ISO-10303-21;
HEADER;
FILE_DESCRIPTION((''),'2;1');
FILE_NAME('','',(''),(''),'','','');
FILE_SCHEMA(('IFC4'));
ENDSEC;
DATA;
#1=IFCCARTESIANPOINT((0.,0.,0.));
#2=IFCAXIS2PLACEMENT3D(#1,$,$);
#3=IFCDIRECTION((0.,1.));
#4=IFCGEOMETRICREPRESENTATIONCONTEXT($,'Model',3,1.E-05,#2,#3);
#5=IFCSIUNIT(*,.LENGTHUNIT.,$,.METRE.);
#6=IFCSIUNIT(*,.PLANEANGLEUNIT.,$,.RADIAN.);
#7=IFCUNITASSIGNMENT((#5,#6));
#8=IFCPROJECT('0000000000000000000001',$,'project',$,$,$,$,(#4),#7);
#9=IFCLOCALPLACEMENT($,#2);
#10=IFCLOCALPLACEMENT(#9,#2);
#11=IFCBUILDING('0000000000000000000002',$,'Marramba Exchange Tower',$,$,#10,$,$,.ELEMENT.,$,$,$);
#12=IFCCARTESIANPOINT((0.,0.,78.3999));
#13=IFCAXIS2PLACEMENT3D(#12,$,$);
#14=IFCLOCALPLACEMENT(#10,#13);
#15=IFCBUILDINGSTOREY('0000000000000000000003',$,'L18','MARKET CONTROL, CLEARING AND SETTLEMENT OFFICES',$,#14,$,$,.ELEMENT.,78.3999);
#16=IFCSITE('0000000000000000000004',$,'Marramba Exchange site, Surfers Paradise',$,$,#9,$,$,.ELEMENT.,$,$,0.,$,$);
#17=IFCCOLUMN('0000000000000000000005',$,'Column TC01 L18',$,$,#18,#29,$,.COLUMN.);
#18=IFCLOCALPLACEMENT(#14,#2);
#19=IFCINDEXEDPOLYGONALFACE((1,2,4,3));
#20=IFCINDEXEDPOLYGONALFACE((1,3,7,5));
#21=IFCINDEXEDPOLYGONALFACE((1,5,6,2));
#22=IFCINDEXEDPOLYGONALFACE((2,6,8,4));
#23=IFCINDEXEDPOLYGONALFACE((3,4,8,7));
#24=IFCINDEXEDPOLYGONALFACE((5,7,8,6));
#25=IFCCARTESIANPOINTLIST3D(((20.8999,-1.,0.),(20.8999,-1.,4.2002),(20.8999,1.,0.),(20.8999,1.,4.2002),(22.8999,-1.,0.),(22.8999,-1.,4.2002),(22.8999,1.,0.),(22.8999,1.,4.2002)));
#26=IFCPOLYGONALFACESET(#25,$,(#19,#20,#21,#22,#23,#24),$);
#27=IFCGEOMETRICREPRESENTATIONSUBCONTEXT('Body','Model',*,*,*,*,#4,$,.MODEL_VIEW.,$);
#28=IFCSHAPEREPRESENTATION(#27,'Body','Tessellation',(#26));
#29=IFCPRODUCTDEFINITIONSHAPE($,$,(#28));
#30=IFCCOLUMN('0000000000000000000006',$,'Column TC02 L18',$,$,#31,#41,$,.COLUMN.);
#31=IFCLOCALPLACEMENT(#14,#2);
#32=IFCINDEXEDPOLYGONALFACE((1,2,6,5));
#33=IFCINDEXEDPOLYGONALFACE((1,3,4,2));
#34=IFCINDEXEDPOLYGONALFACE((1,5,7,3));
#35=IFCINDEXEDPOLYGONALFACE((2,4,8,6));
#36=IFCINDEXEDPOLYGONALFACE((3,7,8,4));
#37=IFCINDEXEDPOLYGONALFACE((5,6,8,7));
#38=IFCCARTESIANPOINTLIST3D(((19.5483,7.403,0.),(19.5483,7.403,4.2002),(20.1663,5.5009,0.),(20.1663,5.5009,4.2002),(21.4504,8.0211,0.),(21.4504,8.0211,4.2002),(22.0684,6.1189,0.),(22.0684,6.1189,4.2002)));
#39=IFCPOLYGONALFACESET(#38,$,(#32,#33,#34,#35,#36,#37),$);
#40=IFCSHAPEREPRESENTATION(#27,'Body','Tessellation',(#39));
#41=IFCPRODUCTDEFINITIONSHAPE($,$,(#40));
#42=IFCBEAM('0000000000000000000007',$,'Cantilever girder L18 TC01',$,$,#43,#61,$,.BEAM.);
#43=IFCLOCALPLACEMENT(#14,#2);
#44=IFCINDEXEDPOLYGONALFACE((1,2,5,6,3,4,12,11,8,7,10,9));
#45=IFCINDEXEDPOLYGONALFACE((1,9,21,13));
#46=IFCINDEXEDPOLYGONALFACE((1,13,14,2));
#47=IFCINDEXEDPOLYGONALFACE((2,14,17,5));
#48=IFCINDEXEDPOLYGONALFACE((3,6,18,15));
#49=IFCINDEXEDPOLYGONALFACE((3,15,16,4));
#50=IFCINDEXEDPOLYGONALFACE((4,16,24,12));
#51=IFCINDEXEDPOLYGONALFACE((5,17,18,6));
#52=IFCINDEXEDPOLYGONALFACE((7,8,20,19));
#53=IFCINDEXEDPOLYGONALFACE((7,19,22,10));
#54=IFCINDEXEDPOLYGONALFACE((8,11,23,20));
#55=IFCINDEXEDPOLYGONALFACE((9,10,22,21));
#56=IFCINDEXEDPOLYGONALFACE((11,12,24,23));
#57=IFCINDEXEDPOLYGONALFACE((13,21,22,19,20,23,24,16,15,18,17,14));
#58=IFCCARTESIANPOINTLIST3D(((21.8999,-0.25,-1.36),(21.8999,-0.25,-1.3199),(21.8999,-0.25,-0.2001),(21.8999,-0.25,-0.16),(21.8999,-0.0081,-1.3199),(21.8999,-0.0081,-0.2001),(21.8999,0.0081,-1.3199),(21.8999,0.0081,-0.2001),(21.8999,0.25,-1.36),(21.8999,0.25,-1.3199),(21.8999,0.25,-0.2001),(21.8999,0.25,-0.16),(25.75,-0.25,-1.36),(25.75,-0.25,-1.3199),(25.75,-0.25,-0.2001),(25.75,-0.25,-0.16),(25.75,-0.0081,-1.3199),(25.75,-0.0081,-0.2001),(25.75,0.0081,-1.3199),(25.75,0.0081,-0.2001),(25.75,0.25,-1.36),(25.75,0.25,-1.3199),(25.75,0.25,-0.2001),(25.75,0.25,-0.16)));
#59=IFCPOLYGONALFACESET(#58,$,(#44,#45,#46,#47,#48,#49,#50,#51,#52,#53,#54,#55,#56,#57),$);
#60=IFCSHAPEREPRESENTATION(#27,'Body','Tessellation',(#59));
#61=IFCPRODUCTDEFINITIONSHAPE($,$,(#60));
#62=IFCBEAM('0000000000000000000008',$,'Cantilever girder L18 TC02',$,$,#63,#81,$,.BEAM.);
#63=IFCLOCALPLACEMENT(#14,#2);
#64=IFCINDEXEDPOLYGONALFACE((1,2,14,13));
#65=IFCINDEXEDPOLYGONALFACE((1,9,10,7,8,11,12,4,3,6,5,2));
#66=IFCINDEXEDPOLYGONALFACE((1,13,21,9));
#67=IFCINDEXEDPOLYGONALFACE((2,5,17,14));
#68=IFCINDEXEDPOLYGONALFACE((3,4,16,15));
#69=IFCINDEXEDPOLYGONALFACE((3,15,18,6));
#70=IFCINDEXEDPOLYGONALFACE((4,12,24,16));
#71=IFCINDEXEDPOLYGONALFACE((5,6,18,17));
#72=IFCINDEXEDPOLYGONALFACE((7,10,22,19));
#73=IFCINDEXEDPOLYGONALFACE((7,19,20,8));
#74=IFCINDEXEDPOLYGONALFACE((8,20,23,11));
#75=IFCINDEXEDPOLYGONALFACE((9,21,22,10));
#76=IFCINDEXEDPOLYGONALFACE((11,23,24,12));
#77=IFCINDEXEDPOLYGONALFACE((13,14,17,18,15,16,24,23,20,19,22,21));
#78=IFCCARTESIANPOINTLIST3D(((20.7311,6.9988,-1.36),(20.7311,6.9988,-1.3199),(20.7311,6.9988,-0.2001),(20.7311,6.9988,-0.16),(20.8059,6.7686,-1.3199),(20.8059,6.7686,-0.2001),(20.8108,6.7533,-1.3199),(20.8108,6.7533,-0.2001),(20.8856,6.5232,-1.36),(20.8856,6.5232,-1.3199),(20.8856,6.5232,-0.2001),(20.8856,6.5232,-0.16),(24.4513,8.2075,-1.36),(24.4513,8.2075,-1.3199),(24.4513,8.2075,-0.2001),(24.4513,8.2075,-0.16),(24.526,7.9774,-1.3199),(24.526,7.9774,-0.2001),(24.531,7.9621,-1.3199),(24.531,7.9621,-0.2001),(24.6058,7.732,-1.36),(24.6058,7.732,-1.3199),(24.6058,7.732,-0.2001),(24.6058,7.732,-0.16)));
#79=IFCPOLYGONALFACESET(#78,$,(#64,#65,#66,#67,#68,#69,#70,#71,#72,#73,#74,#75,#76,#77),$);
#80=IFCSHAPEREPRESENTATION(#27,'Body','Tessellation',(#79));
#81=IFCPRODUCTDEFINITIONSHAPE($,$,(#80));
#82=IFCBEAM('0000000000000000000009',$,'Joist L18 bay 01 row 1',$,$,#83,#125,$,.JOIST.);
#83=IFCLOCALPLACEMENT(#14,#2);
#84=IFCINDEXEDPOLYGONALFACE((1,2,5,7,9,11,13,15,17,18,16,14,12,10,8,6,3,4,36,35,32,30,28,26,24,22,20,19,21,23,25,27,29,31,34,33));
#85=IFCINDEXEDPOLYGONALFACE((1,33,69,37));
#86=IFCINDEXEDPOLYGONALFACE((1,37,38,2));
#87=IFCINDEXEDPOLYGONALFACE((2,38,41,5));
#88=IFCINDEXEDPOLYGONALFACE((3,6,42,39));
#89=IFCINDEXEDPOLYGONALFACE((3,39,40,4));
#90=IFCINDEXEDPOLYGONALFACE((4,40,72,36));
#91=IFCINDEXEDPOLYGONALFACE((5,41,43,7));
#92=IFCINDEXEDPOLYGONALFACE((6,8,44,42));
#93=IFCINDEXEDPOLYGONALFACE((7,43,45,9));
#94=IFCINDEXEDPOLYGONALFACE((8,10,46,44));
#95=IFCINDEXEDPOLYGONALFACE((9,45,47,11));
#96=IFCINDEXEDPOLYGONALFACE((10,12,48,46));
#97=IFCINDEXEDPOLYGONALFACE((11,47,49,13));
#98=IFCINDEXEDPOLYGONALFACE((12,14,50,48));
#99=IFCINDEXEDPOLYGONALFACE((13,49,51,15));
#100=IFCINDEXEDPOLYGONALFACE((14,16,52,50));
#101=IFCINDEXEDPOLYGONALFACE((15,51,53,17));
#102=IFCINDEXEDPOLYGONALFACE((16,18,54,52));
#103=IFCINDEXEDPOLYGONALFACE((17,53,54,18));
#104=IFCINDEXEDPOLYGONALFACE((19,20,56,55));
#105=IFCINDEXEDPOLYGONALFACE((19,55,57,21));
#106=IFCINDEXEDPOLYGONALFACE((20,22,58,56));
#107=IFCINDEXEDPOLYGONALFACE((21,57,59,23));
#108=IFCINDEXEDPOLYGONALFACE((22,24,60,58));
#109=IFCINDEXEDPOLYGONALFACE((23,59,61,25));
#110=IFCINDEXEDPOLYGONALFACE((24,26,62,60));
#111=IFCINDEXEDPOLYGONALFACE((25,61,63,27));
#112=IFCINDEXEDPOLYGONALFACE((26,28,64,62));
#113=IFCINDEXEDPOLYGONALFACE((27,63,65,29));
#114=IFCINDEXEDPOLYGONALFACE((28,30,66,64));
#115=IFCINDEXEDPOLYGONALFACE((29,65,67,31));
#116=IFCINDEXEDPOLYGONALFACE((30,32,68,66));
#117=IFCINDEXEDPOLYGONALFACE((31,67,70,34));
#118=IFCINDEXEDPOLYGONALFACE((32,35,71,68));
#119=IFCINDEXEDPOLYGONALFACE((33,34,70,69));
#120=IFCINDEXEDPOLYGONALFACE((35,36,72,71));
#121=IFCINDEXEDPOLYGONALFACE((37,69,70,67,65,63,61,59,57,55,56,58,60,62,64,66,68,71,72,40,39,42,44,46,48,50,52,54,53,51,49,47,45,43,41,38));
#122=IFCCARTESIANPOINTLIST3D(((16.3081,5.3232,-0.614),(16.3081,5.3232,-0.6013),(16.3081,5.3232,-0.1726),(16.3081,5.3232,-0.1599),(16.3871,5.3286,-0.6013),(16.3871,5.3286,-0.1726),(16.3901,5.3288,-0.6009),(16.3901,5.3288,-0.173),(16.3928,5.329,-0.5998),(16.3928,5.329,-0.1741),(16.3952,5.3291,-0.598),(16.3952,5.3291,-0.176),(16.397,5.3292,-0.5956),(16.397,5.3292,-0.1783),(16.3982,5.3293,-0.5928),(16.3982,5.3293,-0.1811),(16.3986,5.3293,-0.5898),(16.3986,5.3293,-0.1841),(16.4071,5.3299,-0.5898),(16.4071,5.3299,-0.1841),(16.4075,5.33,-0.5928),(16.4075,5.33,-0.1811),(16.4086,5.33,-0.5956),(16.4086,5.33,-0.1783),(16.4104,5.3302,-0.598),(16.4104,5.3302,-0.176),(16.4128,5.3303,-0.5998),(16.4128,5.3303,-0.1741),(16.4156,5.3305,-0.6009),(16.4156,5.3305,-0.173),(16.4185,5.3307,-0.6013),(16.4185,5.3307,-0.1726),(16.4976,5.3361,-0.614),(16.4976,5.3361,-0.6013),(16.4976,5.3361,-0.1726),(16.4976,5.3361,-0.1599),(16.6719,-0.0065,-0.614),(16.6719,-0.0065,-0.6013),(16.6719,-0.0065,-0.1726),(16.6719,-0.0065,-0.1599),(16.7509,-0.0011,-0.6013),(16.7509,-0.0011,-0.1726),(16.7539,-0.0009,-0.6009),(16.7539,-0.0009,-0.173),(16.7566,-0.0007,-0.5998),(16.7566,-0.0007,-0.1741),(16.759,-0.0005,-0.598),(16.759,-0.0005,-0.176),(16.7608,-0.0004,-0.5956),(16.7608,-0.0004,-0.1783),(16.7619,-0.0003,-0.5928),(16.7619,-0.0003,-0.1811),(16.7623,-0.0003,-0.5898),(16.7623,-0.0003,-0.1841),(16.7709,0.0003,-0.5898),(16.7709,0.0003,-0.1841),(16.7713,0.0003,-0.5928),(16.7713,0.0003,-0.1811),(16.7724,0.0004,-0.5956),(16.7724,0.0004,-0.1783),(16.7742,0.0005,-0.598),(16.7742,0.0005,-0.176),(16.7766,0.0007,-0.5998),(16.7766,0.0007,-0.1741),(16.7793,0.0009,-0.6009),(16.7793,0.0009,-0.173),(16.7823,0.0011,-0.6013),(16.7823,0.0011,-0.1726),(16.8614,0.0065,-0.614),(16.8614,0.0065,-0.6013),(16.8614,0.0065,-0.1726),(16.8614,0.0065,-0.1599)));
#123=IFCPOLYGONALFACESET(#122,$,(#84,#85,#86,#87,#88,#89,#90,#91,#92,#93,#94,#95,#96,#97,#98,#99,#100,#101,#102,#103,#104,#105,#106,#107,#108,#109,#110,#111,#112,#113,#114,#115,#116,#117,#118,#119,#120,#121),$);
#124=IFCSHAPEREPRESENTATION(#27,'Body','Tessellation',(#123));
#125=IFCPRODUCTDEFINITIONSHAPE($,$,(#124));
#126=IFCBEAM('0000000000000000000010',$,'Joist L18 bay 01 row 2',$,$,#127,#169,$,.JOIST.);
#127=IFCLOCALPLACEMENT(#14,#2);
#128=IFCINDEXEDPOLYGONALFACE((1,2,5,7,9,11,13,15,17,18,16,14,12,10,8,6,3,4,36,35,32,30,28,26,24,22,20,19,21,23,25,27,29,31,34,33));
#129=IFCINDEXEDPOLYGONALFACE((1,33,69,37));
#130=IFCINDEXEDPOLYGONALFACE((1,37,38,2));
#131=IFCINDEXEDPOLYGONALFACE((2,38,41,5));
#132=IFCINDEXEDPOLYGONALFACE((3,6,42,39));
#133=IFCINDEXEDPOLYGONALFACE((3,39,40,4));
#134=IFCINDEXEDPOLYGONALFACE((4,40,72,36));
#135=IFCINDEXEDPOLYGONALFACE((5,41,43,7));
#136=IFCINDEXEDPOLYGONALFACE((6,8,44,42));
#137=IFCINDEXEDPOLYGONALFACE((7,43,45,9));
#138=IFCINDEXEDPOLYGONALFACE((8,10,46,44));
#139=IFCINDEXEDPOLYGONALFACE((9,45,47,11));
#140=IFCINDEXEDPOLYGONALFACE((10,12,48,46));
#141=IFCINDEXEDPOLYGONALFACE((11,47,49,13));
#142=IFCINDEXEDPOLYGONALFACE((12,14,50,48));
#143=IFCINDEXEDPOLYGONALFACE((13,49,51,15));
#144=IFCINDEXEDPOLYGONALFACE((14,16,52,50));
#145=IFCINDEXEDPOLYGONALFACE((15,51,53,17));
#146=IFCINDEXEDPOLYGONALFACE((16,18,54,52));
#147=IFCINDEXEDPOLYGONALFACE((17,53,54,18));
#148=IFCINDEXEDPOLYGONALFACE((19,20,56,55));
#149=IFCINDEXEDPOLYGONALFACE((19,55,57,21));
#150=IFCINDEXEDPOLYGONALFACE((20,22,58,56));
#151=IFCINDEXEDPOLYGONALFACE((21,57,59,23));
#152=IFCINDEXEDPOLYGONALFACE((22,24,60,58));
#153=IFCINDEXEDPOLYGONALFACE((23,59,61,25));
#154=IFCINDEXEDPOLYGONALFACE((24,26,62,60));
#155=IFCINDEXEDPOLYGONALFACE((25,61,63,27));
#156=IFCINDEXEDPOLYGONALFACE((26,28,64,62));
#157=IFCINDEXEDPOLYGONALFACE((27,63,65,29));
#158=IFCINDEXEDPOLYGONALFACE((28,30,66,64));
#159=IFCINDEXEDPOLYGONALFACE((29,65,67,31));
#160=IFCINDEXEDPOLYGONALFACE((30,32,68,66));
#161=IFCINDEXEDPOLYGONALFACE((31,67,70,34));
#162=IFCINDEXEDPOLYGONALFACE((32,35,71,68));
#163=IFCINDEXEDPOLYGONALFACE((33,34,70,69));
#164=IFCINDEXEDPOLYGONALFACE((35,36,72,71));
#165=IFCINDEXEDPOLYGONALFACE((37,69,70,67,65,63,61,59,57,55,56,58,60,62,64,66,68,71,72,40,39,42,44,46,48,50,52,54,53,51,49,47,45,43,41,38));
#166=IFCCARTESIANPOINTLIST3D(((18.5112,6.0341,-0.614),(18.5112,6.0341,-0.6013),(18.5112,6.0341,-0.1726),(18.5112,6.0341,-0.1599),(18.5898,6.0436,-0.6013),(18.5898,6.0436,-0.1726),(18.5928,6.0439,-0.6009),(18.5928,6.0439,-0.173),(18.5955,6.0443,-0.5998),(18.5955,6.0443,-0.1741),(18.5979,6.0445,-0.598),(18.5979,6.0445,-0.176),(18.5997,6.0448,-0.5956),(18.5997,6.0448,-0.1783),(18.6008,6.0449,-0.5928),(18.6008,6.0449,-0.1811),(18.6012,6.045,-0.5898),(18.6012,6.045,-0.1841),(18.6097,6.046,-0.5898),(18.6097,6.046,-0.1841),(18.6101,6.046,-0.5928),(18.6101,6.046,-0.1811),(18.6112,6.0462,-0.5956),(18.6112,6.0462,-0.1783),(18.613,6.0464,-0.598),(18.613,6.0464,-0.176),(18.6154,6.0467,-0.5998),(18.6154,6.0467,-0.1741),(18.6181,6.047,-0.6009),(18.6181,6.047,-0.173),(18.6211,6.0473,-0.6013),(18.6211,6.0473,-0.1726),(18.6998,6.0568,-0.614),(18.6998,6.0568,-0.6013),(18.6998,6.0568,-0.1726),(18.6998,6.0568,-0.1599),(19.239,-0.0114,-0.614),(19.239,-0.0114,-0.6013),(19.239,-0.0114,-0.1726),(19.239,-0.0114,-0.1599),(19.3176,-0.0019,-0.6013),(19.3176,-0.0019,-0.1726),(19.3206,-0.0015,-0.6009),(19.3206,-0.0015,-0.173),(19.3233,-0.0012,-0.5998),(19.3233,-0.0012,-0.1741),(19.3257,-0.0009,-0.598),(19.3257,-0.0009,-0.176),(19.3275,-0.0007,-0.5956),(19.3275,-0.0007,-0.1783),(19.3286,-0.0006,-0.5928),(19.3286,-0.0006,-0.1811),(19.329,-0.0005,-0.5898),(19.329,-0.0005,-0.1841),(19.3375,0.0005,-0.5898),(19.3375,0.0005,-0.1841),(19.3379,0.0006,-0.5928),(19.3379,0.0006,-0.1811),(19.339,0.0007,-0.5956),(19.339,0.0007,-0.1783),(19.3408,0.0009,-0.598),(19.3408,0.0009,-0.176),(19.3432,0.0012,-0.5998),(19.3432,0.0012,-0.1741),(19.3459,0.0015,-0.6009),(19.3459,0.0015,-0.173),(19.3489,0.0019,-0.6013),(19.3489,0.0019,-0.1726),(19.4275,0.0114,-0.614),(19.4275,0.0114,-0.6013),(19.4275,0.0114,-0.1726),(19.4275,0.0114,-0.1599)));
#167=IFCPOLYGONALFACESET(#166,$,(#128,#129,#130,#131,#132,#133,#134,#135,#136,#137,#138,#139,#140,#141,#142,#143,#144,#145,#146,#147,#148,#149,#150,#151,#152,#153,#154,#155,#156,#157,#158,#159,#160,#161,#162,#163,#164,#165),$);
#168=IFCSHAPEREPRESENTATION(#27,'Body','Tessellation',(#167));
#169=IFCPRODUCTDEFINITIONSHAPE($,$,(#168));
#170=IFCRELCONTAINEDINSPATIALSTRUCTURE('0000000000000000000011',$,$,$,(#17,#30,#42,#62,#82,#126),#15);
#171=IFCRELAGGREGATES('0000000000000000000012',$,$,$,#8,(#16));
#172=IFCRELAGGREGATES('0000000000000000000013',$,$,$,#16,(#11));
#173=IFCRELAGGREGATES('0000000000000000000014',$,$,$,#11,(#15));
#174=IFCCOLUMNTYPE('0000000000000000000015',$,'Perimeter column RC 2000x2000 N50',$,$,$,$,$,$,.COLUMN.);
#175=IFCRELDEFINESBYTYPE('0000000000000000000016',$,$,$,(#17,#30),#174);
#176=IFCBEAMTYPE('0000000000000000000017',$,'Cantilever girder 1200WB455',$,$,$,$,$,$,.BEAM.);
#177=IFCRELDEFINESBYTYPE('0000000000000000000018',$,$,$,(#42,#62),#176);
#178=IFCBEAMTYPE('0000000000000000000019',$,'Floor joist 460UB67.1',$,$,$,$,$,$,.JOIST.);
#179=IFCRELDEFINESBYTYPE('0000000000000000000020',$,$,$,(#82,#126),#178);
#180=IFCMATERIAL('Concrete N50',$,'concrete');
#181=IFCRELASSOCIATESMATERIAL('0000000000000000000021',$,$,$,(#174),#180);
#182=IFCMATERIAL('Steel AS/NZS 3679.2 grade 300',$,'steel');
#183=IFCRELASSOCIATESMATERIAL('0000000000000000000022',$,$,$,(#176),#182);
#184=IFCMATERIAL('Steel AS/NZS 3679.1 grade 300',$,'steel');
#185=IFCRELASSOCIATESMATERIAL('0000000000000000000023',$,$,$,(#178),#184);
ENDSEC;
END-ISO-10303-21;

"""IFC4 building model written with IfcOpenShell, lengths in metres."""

from ifc_helpers import new_model, si_unit, direction, frame, origin, origin_2d, place, context, subcontext, project, spatial, rectangle, i_section, extrude, material, material_profile, profile_set, type_object, element, save


model = new_model("IFC4")

# Units and contexts
model_context = context("Model", 3, precision=1e-05, world=origin(), true_north=direction((0.0, 1.0)))
body_context = subcontext(model_context, "Body", "Model", "MODEL_VIEW")
ifc_project = project(units=[si_unit("LENGTHUNIT", "METRE"), si_unit("PLANEANGLEUNIT", "RADIAN")], contexts=[model_context])

# Site, building, storey
site_placement = place(None, origin())
site = spatial("IfcSite", under=ifc_project, at=site_placement, Name="Marramba Exchange site, Surfers Paradise", CompositionType="ELEMENT", RefElevation=0.0)
building_placement = place(site_placement, origin())
building = spatial("IfcBuilding", under=site, at=building_placement, Name="Marramba Exchange Tower", CompositionType="ELEMENT")
storey_placement = place(building_placement, frame((0.0, 0.0, 78.3999)))
storey = spatial("IfcBuildingStorey", under=building, at=storey_placement, Name="L18", Description="MARKET CONTROL, CLEARING AND SETTLEMENT OFFICES", CompositionType="ELEMENT", Elevation=78.3999)

# Columns
ifc_material_1 = material(Name="Concrete N50", Category="concrete")
ifc_material_profile_1 = material_profile(ifc_material_1, rectangle(XDim=2.0, YDim=2.0, at=origin_2d()), Name="RC 2000x2000")
ifc_profile_set_1 = profile_set([ifc_material_profile_1], Name="Concrete N50")
column_type = type_object("IfcColumnType", Name="Perimeter column RC 2000x2000 N50", PredefinedType="COLUMN", material=ifc_profile_set_1)
for number, where, z_axis, x_axis, name in (
    (1, (21.8999, 0.0, 0.0), (0.0, 0.0, 1.0), (1.0, 0.0, 0.0), "Column TC01 L18"),
    (2, (20.8083, 6.761, 0.0), (0.0, 0.0, 1.0), (0.951057, 0.309017, 0.0), "Column TC02 L18"),
):
    element("IfcColumn", number, at=place(storey_placement, frame(where, z_axis=z_axis, x_axis=x_axis)), inside=storey, type_object=column_type, Name=name, PredefinedType="COLUMN", context=body_context, shape_type="SweptSolid", body=[
        extrude(rectangle(XDim=2.0, YDim=2.0, at=origin_2d()), origin(), (0.0, 0.0, 1.0), 4.2002),
    ])

# Beams
ifc_material_2 = material(Name="Steel AS/NZS 3679.2 grade 300", Category="steel")
ifc_material_profile_2 = material_profile(ifc_material_2, i_section(OverallWidth=0.5, OverallDepth=1.2, WebThickness=0.0161, FlangeThickness=0.04, at=origin_2d()), Name="1200WB455")
ifc_profile_set_2 = profile_set([ifc_material_profile_2], Name="Steel AS/NZS 3679.2 grade 300")
beam_type_1 = type_object("IfcBeamType", Name="Cantilever girder 1200WB455", PredefinedType="BEAM", material=ifc_profile_set_2)
beam_1_placement = place(storey_placement, frame((21.8999, 0.0, -0.76), z_axis=(1.0, 0.0, 0.0), x_axis=(0.0, 1.0, 0.0)))
element("IfcBeam", 3, at=beam_1_placement, inside=storey, type_object=beam_type_1, Name="Cantilever girder L18 TC01", PredefinedType="BEAM", context=body_context, shape_type="SweptSolid", body=[
    extrude(i_section(OverallWidth=0.5, OverallDepth=1.2, WebThickness=0.0161, FlangeThickness=0.04, at=origin_2d()), origin(), (0.0, 0.0, 1.0), 3.8501),
])
beam_2_placement = place(storey_placement, frame((20.8083, 6.761, -0.76), z_axis=(0.951059, 0.30901, 0.0), x_axis=(-0.30901, 0.951059, 0.0)))
element("IfcBeam", 4, at=beam_2_placement, inside=storey, type_object=beam_type_1, Name="Cantilever girder L18 TC02", PredefinedType="BEAM", context=body_context, shape_type="SweptSolid", body=[
    extrude(i_section(OverallWidth=0.5, OverallDepth=1.2, WebThickness=0.0161, FlangeThickness=0.04, at=origin_2d()), origin(), (0.0, 0.0, 1.0), 3.9116),
])
ifc_material_3 = material(Name="Steel AS/NZS 3679.1 grade 300", Category="steel")
ifc_material_profile_3 = material_profile(ifc_material_3, i_section(OverallWidth=0.1899, OverallDepth=0.4541, WebThickness=0.0085, FlangeThickness=0.0127, FilletRadius=0.0115, at=origin_2d()), Name="460UB67.1")
ifc_profile_set_3 = profile_set([ifc_material_profile_3], Name="Steel AS/NZS 3679.1 grade 300")
beam_type_2 = type_object("IfcBeamType", Name="Floor joist 460UB67.1", PredefinedType="JOIST", material=ifc_profile_set_3)
beam_3_placement = place(storey_placement, frame((16.7666, 0.0, -0.387), z_axis=(-0.068096, 0.997679, 0.0), x_axis=(-0.997679, -0.068096, 0.0)))
element("IfcBeam", 5, at=beam_3_placement, inside=storey, type_object=beam_type_2, Name="Joist L18 bay 01 row 1", PredefinedType="JOIST", context=body_context, shape_type="SweptSolid", body=[
    extrude(i_section(OverallWidth=0.1899, OverallDepth=0.4541, WebThickness=0.0085, FlangeThickness=0.0127, FilletRadius=0.0115, at=origin_2d()), origin(), (0.0, 0.0, 1.0), 5.342),
])
beam_4_placement = place(storey_placement, frame((19.3333, 0.0, -0.387), z_axis=(-0.119523, 0.992831, 0.0), x_axis=(-0.992831, -0.119523, 0.0)))
element("IfcBeam", 6, at=beam_4_placement, inside=storey, type_object=beam_type_2, Name="Joist L18 bay 01 row 2", PredefinedType="JOIST", context=body_context, shape_type="SweptSolid", body=[
    extrude(i_section(OverallWidth=0.1899, OverallDepth=0.4541, WebThickness=0.0085, FlangeThickness=0.0127, FilletRadius=0.0115, at=origin_2d()), origin(), (0.0, 0.0, 1.0), 6.0891),
])

save(model, "model.ifc")
